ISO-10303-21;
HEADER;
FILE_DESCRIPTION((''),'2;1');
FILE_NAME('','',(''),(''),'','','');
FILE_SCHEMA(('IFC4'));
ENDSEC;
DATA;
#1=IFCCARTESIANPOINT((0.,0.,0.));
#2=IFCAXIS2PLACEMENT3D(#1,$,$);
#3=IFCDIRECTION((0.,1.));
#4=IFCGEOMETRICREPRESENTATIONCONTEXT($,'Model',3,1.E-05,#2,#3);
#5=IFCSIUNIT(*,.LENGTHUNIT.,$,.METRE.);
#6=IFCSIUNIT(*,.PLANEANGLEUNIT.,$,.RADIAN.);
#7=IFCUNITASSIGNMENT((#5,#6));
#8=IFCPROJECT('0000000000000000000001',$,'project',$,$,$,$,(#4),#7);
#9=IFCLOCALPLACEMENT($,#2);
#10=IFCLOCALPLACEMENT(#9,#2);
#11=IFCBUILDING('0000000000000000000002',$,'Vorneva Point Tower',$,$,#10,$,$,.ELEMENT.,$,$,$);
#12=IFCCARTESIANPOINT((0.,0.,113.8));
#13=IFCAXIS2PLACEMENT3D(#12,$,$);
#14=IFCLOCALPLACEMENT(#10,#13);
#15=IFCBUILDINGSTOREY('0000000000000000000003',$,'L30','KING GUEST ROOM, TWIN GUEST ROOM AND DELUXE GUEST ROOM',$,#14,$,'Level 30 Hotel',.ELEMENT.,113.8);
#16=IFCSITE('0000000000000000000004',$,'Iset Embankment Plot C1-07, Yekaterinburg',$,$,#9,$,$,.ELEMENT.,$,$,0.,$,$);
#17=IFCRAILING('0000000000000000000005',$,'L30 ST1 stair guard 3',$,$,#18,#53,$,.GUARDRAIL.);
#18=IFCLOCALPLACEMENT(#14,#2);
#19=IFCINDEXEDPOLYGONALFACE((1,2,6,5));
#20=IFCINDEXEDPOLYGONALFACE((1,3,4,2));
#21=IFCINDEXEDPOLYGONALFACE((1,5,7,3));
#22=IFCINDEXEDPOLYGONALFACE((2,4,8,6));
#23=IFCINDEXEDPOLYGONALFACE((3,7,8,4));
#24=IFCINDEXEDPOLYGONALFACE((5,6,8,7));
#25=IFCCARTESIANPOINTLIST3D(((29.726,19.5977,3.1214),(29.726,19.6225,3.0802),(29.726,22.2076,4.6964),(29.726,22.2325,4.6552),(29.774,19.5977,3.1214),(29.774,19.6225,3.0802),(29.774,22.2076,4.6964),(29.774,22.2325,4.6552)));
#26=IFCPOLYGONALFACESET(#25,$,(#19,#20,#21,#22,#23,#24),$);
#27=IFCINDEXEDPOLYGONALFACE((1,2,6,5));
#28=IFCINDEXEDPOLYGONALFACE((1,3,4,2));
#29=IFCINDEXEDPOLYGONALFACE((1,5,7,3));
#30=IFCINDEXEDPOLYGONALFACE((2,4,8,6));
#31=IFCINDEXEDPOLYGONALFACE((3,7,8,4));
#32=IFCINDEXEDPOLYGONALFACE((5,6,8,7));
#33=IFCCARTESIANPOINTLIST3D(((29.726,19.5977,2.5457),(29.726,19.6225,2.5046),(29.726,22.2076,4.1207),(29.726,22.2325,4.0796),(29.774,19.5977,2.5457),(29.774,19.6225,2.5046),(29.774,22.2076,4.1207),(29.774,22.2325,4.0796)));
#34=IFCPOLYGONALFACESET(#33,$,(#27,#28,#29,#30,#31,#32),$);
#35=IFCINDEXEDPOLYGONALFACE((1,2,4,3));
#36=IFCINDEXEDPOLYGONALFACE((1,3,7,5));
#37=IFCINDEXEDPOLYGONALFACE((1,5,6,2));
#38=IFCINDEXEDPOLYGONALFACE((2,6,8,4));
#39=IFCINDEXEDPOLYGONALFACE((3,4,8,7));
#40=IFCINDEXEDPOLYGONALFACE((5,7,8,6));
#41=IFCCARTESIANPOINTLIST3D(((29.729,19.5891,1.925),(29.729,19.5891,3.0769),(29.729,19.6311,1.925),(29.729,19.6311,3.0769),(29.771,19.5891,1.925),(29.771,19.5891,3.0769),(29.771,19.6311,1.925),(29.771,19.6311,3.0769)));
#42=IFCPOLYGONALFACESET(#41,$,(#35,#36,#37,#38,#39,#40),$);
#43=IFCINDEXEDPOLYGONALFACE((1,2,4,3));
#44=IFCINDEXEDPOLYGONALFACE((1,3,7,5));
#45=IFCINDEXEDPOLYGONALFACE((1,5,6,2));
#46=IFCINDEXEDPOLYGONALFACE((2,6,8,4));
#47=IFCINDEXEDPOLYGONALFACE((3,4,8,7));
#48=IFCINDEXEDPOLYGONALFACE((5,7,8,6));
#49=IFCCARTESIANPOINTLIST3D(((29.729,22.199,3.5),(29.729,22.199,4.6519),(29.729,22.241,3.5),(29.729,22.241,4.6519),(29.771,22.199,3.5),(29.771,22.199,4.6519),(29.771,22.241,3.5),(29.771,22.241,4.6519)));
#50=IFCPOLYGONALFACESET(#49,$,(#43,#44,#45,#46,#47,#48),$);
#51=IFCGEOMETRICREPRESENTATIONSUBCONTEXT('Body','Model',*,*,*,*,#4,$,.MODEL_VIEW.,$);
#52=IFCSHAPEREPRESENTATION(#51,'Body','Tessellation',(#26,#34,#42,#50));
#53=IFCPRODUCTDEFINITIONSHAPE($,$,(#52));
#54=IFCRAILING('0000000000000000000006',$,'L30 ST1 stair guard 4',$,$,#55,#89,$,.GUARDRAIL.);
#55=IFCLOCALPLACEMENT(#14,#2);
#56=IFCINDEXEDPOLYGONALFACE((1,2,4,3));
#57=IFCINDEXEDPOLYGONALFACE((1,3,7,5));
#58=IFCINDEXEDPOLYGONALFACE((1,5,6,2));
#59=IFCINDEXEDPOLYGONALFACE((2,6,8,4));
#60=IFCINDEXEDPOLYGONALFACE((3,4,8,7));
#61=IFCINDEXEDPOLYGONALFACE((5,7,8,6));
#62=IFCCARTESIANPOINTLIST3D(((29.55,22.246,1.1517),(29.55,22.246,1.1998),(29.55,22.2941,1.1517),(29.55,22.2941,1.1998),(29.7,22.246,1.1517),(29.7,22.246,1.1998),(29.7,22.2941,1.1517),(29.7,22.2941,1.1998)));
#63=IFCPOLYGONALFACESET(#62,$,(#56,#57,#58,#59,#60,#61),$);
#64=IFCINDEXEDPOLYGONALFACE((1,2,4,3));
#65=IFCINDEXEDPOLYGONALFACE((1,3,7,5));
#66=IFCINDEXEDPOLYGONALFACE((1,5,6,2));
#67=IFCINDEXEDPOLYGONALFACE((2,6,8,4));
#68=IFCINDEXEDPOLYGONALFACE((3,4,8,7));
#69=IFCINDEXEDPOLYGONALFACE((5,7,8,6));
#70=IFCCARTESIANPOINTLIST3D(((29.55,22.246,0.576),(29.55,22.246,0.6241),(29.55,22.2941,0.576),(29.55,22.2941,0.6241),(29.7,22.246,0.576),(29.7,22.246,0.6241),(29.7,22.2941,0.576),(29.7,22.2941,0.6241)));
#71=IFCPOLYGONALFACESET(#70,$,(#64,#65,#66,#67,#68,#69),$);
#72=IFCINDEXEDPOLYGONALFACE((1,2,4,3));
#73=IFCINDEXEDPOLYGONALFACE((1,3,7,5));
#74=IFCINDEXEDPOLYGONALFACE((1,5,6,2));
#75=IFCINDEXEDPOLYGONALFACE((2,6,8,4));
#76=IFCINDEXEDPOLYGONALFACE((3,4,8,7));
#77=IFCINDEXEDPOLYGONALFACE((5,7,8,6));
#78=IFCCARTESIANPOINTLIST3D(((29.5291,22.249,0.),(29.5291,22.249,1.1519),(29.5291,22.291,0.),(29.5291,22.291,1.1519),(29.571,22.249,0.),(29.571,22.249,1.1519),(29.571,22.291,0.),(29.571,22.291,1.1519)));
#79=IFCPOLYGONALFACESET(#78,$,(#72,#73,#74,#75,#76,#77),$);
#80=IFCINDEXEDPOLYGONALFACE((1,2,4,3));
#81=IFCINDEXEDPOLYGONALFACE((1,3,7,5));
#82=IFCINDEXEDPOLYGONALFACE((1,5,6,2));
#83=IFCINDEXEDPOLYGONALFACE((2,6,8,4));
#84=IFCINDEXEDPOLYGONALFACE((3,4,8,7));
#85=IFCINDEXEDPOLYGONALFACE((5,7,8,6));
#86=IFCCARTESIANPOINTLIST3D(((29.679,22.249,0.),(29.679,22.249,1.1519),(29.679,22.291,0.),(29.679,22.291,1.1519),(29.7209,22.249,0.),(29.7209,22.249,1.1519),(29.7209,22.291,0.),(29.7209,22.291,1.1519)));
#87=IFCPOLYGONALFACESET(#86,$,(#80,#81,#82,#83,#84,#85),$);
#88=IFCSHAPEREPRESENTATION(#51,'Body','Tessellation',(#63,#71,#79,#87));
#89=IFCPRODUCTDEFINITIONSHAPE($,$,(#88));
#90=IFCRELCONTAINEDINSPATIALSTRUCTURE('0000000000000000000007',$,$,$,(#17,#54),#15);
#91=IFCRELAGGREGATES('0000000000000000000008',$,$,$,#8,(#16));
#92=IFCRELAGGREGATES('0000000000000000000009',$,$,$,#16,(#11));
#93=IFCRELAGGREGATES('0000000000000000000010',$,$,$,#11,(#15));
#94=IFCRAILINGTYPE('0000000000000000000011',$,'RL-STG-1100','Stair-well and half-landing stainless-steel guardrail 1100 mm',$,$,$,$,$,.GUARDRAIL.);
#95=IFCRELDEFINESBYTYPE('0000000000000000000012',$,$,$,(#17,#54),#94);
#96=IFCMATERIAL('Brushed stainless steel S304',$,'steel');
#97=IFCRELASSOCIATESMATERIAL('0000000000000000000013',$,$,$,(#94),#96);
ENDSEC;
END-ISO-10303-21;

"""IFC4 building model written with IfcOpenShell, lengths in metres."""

from ifc_helpers import new_model, si_unit, direction, frame, origin, origin_2d, place, context, subcontext, project, spatial, rectangle, extrude, material, type_object, element, save


model = new_model("IFC4")

# Units and contexts
model_context = context("Model", 3, precision=1e-05, world=origin(), true_north=direction((0.0, 1.0)))
body_context = subcontext(model_context, "Body", "Model", "MODEL_VIEW")
ifc_project = project(units=[si_unit("LENGTHUNIT", "METRE"), si_unit("PLANEANGLEUNIT", "RADIAN")], contexts=[model_context])

# Site, building, storey
site_placement = place(None, origin())
site = spatial("IfcSite", under=ifc_project, at=site_placement, Name="Iset Embankment Plot C1-07, Yekaterinburg", CompositionType="ELEMENT", RefElevation=0.0)
building_placement = place(site_placement, origin())
building = spatial("IfcBuilding", under=site, at=building_placement, Name="Vorneva Point Tower", CompositionType="ELEMENT")
storey_placement = place(building_placement, frame((0.0, 0.0, 113.8)))
storey = spatial("IfcBuildingStorey", under=building, at=storey_placement, Name="L30", Description="KING GUEST ROOM, TWIN GUEST ROOM AND DELUXE GUEST ROOM", LongName="Level 30 Hotel", CompositionType="ELEMENT", Elevation=113.8)

# Railings
ifc_material_1 = material(Name="Brushed stainless steel S304", Category="steel")
railing_type_1 = type_object("IfcRailingType", Name="RL-STG-1100", Description="Stair-well and half-landing stainless-steel guardrail 1100 mm", PredefinedType="GUARDRAIL", material=ifc_material_1)
railing_1_placement = place(storey_placement, frame((29.75, 19.6101, 1.925)))
element("IfcRailing", 1, at=railing_1_placement, inside=storey, type_object=railing_type_1, Name="L30 ST1 stair guard 3", PredefinedType="GUARDRAIL", context=body_context, shape_type="SweptSolid", body=[
    extrude(rectangle(XDim=0.0481, YDim=0.0481, at=origin_2d()), frame((0.0, 0.0, 1.1758), z_axis=(0.0, 0.856183, 0.516673), x_axis=(-1.0, 0.0, 0.0)), (0.0, 0.0, 1.0), 3.0483),
    extrude(rectangle(XDim=0.0481, YDim=0.0481, at=origin_2d()), frame((0.0, 0.0, 0.6001), z_axis=(0.0, 0.856183, 0.516673), x_axis=(-1.0, 0.0, 0.0)), (0.0, 0.0, 1.0), 3.0483),
    extrude(rectangle(XDim=0.042, YDim=0.042, at=origin_2d()), origin(), (0.0, 0.0, 1.0), 1.1519),
    extrude(rectangle(XDim=0.042, YDim=0.042, at=origin_2d()), frame((0.0, 2.6099, 1.575)), (0.0, 0.0, 1.0), 1.1519),
])
railing_2_placement = place(storey_placement, frame((29.55, 22.27, 0.0)))
element("IfcRailing", 2, at=railing_2_placement, inside=storey, type_object=railing_type_1, Name="L30 ST1 stair guard 4", PredefinedType="GUARDRAIL", context=body_context, shape_type="SweptSolid", body=[
    extrude(rectangle(XDim=0.0481, YDim=0.0481, at=origin_2d()), frame((0.0, 0.0, 1.1758), z_axis=(1.0, 0.0, 0.0), x_axis=(0.0, 1.0, 0.0)), (0.0, 0.0, 1.0), 0.1499),
    extrude(rectangle(XDim=0.0481, YDim=0.0481, at=origin_2d()), frame((0.0, 0.0, 0.6001), z_axis=(1.0, 0.0, 0.0), x_axis=(0.0, 1.0, 0.0)), (0.0, 0.0, 1.0), 0.1499),
    extrude(rectangle(XDim=0.042, YDim=0.042, at=origin_2d()), origin(), (0.0, 0.0, 1.0), 1.1519),
    extrude(rectangle(XDim=0.042, YDim=0.042, at=origin_2d()), frame((0.1499, 0.0, 0.0)), (0.0, 0.0, 1.0), 1.1519),
])

save(model, "model.ifc")
